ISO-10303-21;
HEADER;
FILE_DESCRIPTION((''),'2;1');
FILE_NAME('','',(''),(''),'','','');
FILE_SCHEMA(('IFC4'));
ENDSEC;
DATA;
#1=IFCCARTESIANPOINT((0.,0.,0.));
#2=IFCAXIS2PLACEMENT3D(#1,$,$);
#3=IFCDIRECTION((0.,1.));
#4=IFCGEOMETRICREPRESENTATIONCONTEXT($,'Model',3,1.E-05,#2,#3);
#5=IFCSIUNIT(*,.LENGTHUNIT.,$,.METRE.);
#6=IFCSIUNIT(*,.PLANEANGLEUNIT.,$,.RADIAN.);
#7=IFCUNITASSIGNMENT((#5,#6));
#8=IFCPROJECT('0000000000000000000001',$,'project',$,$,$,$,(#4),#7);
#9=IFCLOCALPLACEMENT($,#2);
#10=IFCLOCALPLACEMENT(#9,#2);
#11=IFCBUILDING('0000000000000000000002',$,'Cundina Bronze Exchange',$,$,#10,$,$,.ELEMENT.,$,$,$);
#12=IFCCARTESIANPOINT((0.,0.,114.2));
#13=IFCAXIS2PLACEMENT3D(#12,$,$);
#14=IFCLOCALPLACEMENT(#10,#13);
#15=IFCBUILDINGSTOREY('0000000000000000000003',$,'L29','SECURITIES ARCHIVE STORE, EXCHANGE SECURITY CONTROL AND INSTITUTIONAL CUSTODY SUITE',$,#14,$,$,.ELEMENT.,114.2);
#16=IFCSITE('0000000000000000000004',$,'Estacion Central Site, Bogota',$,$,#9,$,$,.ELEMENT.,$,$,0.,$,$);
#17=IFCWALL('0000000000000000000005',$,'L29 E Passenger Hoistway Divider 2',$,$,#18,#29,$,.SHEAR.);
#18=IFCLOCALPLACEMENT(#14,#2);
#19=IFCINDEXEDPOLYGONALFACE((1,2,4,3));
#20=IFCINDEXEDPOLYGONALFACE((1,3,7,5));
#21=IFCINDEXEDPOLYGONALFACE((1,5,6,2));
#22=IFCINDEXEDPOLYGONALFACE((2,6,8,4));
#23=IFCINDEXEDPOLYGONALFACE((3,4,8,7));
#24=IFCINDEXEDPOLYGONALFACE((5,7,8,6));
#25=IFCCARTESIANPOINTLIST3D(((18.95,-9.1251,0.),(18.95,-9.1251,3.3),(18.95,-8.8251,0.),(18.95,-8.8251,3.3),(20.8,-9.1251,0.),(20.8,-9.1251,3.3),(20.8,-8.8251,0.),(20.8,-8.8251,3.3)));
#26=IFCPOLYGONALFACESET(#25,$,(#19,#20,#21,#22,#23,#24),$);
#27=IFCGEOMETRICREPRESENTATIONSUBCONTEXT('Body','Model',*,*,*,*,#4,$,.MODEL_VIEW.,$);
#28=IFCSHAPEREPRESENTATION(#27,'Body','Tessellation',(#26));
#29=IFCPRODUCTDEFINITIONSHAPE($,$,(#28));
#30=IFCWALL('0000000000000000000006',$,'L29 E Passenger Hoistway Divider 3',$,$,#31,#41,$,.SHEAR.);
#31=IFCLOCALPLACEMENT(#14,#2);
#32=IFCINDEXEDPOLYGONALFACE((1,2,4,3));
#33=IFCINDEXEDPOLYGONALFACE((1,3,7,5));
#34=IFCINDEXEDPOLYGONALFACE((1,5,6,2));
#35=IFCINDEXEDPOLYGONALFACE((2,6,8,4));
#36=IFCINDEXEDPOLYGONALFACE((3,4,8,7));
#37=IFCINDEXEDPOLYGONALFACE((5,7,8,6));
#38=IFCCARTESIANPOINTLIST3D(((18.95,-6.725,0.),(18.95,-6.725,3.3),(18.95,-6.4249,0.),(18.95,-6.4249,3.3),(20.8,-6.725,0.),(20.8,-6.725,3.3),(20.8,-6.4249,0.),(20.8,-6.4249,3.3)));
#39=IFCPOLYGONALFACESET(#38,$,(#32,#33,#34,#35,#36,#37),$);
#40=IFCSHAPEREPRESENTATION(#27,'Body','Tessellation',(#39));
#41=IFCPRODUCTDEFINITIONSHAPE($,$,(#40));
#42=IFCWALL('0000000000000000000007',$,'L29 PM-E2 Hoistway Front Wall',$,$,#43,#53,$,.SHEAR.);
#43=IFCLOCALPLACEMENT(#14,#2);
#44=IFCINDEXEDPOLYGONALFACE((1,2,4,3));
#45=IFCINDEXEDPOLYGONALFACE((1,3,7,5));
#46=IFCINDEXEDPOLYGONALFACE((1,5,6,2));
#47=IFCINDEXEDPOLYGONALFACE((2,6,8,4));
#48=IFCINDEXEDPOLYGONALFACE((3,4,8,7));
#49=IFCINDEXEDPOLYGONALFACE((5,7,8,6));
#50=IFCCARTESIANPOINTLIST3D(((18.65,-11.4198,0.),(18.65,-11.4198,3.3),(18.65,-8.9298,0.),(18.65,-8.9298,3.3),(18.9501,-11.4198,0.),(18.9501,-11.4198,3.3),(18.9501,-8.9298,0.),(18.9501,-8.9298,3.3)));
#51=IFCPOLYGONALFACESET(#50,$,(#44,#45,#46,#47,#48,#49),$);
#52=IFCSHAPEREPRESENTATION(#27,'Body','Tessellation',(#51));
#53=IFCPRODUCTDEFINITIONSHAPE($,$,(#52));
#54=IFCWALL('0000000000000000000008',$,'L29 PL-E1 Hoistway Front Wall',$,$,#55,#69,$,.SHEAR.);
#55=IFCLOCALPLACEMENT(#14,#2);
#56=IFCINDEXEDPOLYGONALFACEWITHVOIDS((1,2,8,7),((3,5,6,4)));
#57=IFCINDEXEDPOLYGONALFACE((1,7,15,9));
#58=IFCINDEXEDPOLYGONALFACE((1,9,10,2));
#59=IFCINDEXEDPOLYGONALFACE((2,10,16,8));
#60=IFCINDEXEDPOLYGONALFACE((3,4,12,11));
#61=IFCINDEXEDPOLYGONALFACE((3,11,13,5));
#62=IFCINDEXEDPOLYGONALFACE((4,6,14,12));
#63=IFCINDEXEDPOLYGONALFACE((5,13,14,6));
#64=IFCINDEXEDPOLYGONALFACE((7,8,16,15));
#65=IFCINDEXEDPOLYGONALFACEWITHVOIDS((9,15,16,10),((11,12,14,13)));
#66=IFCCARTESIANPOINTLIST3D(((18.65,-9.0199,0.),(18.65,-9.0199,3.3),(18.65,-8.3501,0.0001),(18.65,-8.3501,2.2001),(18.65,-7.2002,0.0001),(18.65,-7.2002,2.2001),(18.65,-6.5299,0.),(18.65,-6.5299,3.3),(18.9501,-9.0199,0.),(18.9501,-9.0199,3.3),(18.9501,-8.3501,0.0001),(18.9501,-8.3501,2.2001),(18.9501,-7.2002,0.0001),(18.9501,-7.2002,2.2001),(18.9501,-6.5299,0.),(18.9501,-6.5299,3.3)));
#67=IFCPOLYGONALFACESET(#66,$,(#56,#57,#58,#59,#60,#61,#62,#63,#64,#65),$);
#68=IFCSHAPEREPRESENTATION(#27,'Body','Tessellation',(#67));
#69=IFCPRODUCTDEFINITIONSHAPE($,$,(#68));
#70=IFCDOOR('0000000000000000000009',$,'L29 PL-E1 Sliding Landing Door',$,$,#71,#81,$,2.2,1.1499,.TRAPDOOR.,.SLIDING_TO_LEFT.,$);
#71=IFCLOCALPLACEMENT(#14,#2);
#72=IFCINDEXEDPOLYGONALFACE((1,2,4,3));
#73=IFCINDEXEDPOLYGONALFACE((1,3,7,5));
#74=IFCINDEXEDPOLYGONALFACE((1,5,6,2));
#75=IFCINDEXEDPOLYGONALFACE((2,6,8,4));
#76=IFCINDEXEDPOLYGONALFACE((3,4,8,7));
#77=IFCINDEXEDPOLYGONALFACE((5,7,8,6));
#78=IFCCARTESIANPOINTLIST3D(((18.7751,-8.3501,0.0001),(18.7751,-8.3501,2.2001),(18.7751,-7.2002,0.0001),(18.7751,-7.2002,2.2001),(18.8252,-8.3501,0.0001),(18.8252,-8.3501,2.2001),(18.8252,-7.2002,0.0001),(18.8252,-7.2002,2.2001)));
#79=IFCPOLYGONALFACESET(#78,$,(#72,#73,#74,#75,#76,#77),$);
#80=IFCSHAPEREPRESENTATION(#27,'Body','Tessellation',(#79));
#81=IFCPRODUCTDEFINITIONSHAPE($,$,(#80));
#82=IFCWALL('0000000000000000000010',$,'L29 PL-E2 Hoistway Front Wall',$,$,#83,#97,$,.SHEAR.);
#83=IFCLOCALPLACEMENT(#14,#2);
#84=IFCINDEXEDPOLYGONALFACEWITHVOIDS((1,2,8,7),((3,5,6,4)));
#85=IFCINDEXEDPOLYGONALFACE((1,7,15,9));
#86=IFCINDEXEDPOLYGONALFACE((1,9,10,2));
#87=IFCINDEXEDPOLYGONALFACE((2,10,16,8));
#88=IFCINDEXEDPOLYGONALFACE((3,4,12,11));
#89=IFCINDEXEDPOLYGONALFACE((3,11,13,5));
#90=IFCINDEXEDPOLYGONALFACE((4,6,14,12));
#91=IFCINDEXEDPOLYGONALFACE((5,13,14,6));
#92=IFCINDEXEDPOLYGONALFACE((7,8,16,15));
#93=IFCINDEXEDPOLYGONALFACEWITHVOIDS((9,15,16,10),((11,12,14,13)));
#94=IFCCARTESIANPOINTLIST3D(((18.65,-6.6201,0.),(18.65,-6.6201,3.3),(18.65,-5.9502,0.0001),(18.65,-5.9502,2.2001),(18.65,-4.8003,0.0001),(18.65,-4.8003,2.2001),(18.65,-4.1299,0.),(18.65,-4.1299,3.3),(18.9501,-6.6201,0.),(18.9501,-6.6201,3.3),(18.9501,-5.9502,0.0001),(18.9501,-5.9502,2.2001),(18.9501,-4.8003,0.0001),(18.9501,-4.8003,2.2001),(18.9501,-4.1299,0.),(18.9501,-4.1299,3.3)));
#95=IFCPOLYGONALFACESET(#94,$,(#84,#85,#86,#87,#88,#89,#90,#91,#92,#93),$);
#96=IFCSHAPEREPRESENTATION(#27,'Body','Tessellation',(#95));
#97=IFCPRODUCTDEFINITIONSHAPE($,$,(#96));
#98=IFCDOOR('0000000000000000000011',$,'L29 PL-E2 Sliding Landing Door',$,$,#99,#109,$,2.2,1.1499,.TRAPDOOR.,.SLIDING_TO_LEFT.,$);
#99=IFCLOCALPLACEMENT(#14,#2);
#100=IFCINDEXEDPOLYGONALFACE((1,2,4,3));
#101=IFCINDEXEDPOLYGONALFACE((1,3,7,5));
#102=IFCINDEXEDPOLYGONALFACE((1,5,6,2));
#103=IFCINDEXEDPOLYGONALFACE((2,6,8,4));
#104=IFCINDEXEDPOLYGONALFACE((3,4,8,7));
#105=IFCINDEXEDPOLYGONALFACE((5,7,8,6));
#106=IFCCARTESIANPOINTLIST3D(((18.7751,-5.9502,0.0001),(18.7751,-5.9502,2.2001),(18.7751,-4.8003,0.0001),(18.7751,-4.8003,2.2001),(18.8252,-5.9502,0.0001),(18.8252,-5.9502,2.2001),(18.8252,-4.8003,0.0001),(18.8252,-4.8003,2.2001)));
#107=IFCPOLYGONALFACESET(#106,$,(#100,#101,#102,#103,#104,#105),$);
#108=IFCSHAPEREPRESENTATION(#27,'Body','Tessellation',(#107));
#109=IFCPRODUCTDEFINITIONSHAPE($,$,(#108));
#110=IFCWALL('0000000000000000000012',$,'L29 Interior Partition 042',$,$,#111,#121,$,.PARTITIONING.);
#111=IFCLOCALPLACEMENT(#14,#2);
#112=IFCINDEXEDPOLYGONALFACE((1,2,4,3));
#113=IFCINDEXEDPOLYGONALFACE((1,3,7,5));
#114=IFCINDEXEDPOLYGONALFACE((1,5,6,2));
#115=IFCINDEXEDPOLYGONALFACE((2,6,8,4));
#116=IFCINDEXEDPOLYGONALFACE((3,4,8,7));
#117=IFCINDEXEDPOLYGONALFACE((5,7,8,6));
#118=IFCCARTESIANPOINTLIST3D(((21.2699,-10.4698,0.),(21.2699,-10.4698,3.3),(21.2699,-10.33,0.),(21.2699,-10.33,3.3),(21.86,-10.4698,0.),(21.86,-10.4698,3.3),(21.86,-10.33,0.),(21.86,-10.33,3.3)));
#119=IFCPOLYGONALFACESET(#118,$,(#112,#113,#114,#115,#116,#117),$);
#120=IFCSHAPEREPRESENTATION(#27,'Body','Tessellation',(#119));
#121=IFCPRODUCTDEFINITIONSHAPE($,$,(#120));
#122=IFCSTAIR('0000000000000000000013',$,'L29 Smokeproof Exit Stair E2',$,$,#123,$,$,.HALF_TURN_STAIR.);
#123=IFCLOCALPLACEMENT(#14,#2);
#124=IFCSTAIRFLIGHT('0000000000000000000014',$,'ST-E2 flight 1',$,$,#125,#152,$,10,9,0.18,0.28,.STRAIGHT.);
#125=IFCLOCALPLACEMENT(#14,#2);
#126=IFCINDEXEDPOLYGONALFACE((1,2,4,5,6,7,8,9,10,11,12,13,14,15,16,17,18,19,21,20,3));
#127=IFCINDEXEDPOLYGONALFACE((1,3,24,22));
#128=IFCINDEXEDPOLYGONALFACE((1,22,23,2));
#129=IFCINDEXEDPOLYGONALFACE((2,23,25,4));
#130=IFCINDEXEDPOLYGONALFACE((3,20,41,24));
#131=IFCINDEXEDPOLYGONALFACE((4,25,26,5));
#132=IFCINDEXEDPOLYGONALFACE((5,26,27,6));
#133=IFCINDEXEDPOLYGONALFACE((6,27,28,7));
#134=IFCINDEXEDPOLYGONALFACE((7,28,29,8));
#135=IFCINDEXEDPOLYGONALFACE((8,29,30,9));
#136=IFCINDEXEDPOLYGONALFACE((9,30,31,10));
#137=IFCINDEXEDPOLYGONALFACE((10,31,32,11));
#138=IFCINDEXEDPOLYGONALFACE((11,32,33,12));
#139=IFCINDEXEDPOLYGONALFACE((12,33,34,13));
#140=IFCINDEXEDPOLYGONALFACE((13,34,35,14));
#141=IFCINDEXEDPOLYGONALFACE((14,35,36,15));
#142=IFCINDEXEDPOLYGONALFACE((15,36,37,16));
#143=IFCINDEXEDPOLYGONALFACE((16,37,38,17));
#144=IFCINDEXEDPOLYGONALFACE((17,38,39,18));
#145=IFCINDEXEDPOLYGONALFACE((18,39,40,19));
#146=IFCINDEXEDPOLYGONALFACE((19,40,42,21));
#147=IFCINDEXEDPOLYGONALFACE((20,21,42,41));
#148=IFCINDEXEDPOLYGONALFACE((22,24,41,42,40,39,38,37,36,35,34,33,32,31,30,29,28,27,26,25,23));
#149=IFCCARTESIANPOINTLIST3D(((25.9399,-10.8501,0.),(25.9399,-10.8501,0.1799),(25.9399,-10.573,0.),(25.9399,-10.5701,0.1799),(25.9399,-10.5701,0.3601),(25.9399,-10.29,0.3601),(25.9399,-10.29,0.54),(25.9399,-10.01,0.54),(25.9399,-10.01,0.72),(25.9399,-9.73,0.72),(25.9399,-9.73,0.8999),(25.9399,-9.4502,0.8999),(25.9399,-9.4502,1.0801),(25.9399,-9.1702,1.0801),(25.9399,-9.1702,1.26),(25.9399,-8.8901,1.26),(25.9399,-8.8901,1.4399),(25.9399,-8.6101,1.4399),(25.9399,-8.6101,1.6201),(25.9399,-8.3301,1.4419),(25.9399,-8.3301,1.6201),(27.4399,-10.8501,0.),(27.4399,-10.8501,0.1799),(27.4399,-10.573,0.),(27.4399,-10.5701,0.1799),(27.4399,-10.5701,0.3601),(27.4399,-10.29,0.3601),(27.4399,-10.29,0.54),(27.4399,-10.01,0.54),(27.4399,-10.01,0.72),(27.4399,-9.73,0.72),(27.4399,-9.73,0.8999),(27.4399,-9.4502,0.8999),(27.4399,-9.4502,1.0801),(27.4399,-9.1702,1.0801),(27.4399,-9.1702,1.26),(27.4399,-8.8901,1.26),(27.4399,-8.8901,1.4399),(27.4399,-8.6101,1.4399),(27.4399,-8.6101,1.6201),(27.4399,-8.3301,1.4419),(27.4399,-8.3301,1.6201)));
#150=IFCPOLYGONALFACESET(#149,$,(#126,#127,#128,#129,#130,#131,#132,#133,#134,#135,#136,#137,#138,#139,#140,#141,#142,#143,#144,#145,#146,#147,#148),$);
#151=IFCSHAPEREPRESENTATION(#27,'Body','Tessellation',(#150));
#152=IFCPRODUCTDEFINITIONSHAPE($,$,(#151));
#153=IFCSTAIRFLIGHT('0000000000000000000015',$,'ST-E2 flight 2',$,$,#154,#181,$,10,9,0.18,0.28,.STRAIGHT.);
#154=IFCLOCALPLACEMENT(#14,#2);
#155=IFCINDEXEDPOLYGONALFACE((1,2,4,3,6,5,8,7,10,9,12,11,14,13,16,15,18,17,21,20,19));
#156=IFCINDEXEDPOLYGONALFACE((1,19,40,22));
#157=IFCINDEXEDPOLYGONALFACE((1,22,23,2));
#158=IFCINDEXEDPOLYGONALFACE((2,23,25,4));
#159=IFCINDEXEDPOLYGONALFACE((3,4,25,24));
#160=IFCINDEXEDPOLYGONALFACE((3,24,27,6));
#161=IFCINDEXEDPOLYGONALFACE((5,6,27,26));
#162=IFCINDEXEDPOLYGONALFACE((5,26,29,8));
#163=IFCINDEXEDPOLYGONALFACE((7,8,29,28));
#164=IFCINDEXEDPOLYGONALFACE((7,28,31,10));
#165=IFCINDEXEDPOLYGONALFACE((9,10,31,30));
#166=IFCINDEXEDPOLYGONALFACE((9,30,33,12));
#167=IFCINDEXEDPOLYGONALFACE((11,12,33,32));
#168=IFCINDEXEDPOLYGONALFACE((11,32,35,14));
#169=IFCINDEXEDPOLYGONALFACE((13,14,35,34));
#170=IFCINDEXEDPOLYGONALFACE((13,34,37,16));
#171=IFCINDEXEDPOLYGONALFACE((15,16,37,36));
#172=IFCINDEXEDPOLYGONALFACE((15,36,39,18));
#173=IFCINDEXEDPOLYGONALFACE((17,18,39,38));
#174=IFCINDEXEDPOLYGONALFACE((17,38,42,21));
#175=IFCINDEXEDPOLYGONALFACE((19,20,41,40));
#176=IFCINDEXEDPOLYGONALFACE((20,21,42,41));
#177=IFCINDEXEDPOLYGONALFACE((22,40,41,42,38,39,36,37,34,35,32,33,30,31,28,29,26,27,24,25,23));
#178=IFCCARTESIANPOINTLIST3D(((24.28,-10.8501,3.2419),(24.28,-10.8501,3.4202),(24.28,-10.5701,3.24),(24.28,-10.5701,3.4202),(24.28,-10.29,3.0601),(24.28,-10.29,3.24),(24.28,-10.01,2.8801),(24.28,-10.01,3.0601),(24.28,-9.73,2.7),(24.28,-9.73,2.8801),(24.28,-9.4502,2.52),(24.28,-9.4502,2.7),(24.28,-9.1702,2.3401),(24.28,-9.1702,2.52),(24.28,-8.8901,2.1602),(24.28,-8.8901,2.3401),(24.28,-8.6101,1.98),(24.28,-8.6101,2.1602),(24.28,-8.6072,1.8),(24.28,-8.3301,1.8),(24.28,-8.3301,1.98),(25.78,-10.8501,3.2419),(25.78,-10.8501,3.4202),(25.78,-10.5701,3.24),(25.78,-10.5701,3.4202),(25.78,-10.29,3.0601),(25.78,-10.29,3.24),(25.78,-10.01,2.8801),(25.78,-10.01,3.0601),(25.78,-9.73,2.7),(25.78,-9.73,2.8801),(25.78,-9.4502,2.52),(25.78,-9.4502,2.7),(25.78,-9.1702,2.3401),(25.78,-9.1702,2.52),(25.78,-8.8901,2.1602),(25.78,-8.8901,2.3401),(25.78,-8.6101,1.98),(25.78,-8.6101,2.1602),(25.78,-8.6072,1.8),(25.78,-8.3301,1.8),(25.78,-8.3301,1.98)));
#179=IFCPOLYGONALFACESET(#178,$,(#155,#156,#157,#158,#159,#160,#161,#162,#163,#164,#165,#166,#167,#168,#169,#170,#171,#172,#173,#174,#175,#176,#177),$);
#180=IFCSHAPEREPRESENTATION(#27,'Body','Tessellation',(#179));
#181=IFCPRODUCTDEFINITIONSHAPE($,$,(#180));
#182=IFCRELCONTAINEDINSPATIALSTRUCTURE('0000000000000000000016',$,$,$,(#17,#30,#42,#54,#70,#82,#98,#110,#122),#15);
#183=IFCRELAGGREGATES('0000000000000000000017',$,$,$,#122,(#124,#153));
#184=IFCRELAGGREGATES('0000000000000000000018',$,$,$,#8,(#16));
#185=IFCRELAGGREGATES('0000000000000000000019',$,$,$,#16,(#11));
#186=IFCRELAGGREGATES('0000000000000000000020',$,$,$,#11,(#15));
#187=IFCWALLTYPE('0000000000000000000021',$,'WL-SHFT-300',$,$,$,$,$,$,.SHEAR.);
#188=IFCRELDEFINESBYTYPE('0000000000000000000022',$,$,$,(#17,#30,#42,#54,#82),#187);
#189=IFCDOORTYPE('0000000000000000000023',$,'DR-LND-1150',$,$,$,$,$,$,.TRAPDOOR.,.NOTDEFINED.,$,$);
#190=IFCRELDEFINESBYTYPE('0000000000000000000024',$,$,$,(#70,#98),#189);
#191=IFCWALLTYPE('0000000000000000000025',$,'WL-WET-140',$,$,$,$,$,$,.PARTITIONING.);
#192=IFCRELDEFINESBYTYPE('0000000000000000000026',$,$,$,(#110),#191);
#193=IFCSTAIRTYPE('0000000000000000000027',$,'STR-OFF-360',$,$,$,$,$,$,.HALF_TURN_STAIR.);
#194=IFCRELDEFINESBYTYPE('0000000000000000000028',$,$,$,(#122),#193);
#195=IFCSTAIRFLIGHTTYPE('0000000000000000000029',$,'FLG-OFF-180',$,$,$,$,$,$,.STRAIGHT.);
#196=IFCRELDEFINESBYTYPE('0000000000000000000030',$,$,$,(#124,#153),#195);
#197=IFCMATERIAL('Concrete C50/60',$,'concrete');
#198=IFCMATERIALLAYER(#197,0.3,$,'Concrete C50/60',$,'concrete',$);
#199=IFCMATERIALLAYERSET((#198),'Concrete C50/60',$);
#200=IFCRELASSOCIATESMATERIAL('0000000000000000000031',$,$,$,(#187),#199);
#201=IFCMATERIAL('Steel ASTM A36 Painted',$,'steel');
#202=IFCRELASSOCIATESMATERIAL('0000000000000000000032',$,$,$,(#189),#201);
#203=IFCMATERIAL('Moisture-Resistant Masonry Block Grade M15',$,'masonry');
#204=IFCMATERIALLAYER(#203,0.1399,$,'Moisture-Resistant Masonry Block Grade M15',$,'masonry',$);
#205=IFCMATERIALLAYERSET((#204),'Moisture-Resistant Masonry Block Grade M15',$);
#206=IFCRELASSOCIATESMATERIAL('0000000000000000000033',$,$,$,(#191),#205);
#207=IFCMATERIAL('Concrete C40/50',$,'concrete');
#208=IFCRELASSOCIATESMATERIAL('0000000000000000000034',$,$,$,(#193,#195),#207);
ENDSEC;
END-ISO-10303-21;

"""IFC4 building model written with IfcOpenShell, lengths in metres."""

from ifc_helpers import new_model, si_unit, direction, frame, frame_2d, origin, place, context, subcontext, project, spatial, polyline, rectangle, outline, extrude, material, layer, layer_set, type_object, element, fill, aggregate, save


model = new_model("IFC4")

# Units and contexts
model_context = context("Model", 3, precision=1e-05, world=origin(), true_north=direction((0.0, 1.0)))
body_context = subcontext(model_context, "Body", "Model", "MODEL_VIEW")
ifc_project = project(units=[si_unit("LENGTHUNIT", "METRE"), si_unit("PLANEANGLEUNIT", "RADIAN")], contexts=[model_context])

# Site, building, storey
site_placement = place(None, origin())
site = spatial("IfcSite", under=ifc_project, at=site_placement, Name="Estacion Central Site, Bogota", CompositionType="ELEMENT", RefElevation=0.0)
building_placement = place(site_placement, origin())
building = spatial("IfcBuilding", under=site, at=building_placement, Name="Cundina Bronze Exchange", CompositionType="ELEMENT")
storey_placement = place(building_placement, frame((0.0, 0.0, 114.2)))
storey = spatial("IfcBuildingStorey", under=building, at=storey_placement, Name="L29", Description="SECURITIES ARCHIVE STORE, EXCHANGE SECURITY CONTROL AND INSTITUTIONAL CUSTODY SUITE", CompositionType="ELEMENT", Elevation=114.2)

# Shared definitions
ifc_material_1 = material(Name="Concrete C50/60", Category="concrete")
ifc_layer_1 = layer(ifc_material_1, 0.3, Name="Concrete C50/60", Category="concrete")
ifc_layer_set_1 = layer_set([ifc_layer_1], Name="Concrete C50/60")
wall_type_1 = type_object("IfcWallType", Name="WL-SHFT-300", PredefinedType="SHEAR", material=ifc_layer_set_1)

# Shared definitions
ifc_material_2 = material(Name="Steel ASTM A36 Painted", Category="steel")
door_type_1 = type_object("IfcDoorType", Name="DR-LND-1150", OperationType="NOTDEFINED", PredefinedType="TRAPDOOR", material=ifc_material_2)

# Walls
for number, where, z_axis, x_axis, name in (
    (1, (18.95, -8.9751, 0.0), (0.0, 0.0, 1.0), (1.0, 0.0, 0.0), "L29 E Passenger Hoistway Divider 2"),
    (2, (18.95, -6.575, 0.0), (0.0, 0.0, 1.0), (1.0, 0.0, 0.0), "L29 E Passenger Hoistway Divider 3"),
):
    element("IfcWall", number, at=place(storey_placement, frame(where, z_axis=z_axis, x_axis=x_axis)), inside=storey, type_object=wall_type_1, Name=name, PredefinedType="SHEAR", context=body_context, shape_type="SweptSolid", body=[
        extrude(rectangle(XDim=1.8501, YDim=0.3, at=frame_2d((0.925, 0.0))), origin(), (0.0, 0.0, 1.0), 3.3),
    ])
wall_1_placement = place(storey_placement, frame((18.8, -11.4199, 0.0), z_axis=(0.0, 0.0, 1.0), x_axis=(0.0, 1.0, 0.0)))
element("IfcWall", 3, at=wall_1_placement, inside=storey, type_object=wall_type_1, Name="L29 PM-E2 Hoistway Front Wall", PredefinedType="SHEAR", context=body_context, shape_type="SweptSolid", body=[
    extrude(rectangle(XDim=2.49, YDim=0.3, at=frame_2d((1.2451, 0.0))), origin(), (0.0, 0.0, 1.0), 3.3),
])

# Walls, openings, doors
wall_2_placement = place(storey_placement, frame((18.8, -9.02, 0.0), z_axis=(0.0, 0.0, 1.0), x_axis=(0.0, 1.0, 0.0)))
wall_2 = element("IfcWall", 4, at=wall_2_placement, inside=storey, type_object=wall_type_1, Name="L29 PL-E1 Hoistway Front Wall", PredefinedType="SHEAR", context=body_context, shape_type="SweptSolid", body=[
    extrude(rectangle(XDim=2.49, YDim=0.3, at=frame_2d((1.2451, 0.0))), origin(), (0.0, 0.0, 1.0), 3.3),
])
opening_1_placement = place(wall_2_placement, frame((0.6699, 0.0, 0.0)))
opening_1 = element("IfcOpeningElement", 5, at=opening_1_placement, cuts=wall_2, PredefinedType="OPENING", context=body_context, shape_type="SweptSolid", body=[
    extrude(rectangle(XDim=1.1499, YDim=2.2, at=frame_2d((0.575, 1.1001))), frame((0.0, 0.1599, 0.0), z_axis=(0.0, -1.0, 0.0), x_axis=(1.0, 0.0, 0.0)), (0.0, 0.0, 1.0), 0.3201),
])
door_1_placement = place(opening_1_placement, origin())
door_1 = element("IfcDoor", 6, at=door_1_placement, inside=storey, type_object=door_type_1, Name="L29 PL-E1 Sliding Landing Door", OperationType="SLIDING_TO_LEFT", OverallHeight=2.2, OverallWidth=1.1499, PredefinedType="TRAPDOOR", context=body_context, shape_type="SweptSolid", body=[
    extrude(rectangle(XDim=1.1499, YDim=2.2, at=frame_2d((0.575, 1.1001))), frame((0.0, 0.0249, 0.0), z_axis=(0.0, -1.0, 0.0), x_axis=(1.0, 0.0, 0.0)), (0.0, 0.0, 1.0), 0.05),
])
fill(opening_1, door_1)
wall_3_placement = place(storey_placement, frame((18.8, -6.6201, 0.0), z_axis=(0.0, 0.0, 1.0), x_axis=(0.0, 1.0, 0.0)))
wall_3 = element("IfcWall", 7, at=wall_3_placement, inside=storey, type_object=wall_type_1, Name="L29 PL-E2 Hoistway Front Wall", PredefinedType="SHEAR", context=body_context, shape_type="SweptSolid", body=[
    extrude(rectangle(XDim=2.4902, YDim=0.3, at=frame_2d((1.2451, 0.0))), origin(), (0.0, 0.0, 1.0), 3.3),
])
opening_2_placement = place(wall_3_placement, frame((0.6699, 0.0, 0.0)))
opening_2 = element("IfcOpeningElement", 8, at=opening_2_placement, cuts=wall_3, PredefinedType="OPENING", context=body_context, shape_type="SweptSolid", body=[
    extrude(rectangle(XDim=1.1499, YDim=2.2, at=frame_2d((0.575, 1.1001))), frame((0.0, 0.1599, 0.0), z_axis=(0.0, -1.0, 0.0), x_axis=(1.0, 0.0, 0.0)), (0.0, 0.0, 1.0), 0.3201),
])
door_2_placement = place(opening_2_placement, origin())
door_2 = element("IfcDoor", 9, at=door_2_placement, inside=storey, type_object=door_type_1, Name="L29 PL-E2 Sliding Landing Door", OperationType="SLIDING_TO_LEFT", OverallHeight=2.2, OverallWidth=1.1499, PredefinedType="TRAPDOOR", context=body_context, shape_type="SweptSolid", body=[
    extrude(rectangle(XDim=1.1499, YDim=2.2, at=frame_2d((0.575, 1.1001))), frame((0.0, 0.0249, 0.0), z_axis=(0.0, -1.0, 0.0), x_axis=(1.0, 0.0, 0.0)), (0.0, 0.0, 1.0), 0.05),
])
fill(opening_2, door_2)

# Wall
ifc_material_3 = material(Name="Moisture-Resistant Masonry Block Grade M15", Category="masonry")
ifc_layer_2 = layer(ifc_material_3, 0.1399, Name="Moisture-Resistant Masonry Block Grade M15", Category="masonry")
ifc_layer_set_2 = layer_set([ifc_layer_2], Name="Moisture-Resistant Masonry Block Grade M15")
wall_type_2 = type_object("IfcWallType", Name="WL-WET-140", PredefinedType="PARTITIONING", material=ifc_layer_set_2)
wall_4_placement = place(storey_placement, frame((21.27, -10.3999, 0.0), z_axis=(0.0, 0.0, 1.0), x_axis=(1.0, 0.0, 0.0)))
element("IfcWall", 10, at=wall_4_placement, inside=storey, type_object=wall_type_2, Name="L29 Interior Partition 042", PredefinedType="PARTITIONING", context=body_context, shape_type="SweptSolid", body=[
    extrude(rectangle(XDim=0.5901, YDim=0.1399, at=frame_2d((0.2949, 0.0))), origin(), (0.0, 0.0, 1.0), 3.3),
])

# Stair, stair flights
ifc_material_4 = material(Name="Concrete C40/50", Category="concrete")
stair_type = type_object("IfcStairType", Name="STR-OFF-360", PredefinedType="HALF_TURN_STAIR", material=ifc_material_4)
stair_placement = place(storey_placement, origin())
stair = element("IfcStair", 11, at=stair_placement, inside=storey, type_object=stair_type, Name="L29 Smokeproof Exit Stair E2", PredefinedType="HALF_TURN_STAIR")
stair_flight_type = type_object("IfcStairFlightType", Name="FLG-OFF-180", PredefinedType="STRAIGHT", material=ifc_material_4)
stair_flight_1_placement = place(storey_placement, frame((26.6899, -10.8501, 0.0), z_axis=(0.0, 0.0, 1.0), x_axis=(0.0, 1.0, 0.0)))
stair_flight_1 = element("IfcStairFlight", 12, at=stair_flight_1_placement, type_object=stair_flight_type, Name="ST-E2 flight 1", NumberOfRisers=10, NumberOfTreads=9, PredefinedType="STRAIGHT", RiserHeight=0.18, TreadLength=0.28, context=body_context, shape_type="SweptSolid", body=[
    extrude(outline(polyline([(0.0, 0.0), (0.0, 0.1799), (0.28, 0.1799), (0.28, 0.3601), (0.5601, 0.3601), (0.5601, 0.54), (0.8401, 0.54), (0.8401, 0.72), (1.1201, 0.72), (1.1201, 0.8999), (1.3999, 0.8999), (1.3999, 1.0801), (1.6799, 1.0801), (1.6799, 1.26), (1.96, 1.26), (1.96, 1.4399), (2.24, 1.4399), (2.24, 1.6201), (2.52, 1.6201), (2.52, 1.8), (2.52, 1.4419), (0.2771, 0.0), (0.0, 0.0)])), frame((0.0, 0.75, 0.0), z_axis=(0.0, -1.0, 0.0), x_axis=(1.0, 0.0, 0.0)), (0.0, 0.0, 1.0), 1.5),
])
stair_flight_2_placement = place(storey_placement, frame((25.03, -8.3301, 1.8), z_axis=(0.0, 0.0, 1.0), x_axis=(0.0, -1.0, 0.0)))
stair_flight_2 = element("IfcStairFlight", 13, at=stair_flight_2_placement, type_object=stair_flight_type, Name="ST-E2 flight 2", NumberOfRisers=10, NumberOfTreads=9, PredefinedType="STRAIGHT", RiserHeight=0.18, TreadLength=0.28, context=body_context, shape_type="SweptSolid", body=[
    extrude(outline(polyline([(0.0, 0.0), (0.0, 0.1799), (0.28, 0.1799), (0.28, 0.3601), (0.5601, 0.3601), (0.5601, 0.54), (0.8401, 0.54), (0.8401, 0.72), (1.1201, 0.72), (1.1201, 0.8999), (1.3999, 0.8999), (1.3999, 1.0801), (1.6799, 1.0801), (1.6799, 1.26), (1.96, 1.26), (1.96, 1.4399), (2.24, 1.4399), (2.24, 1.6201), (2.52, 1.6201), (2.52, 1.8), (2.52, 1.4419), (0.2771, 0.0), (0.0, 0.0)])), frame((0.0, 0.75, 0.0), z_axis=(0.0, -1.0, 0.0), x_axis=(1.0, 0.0, 0.0)), (0.0, 0.0, 1.0), 1.5),
])
aggregate(stair, [stair_flight_1, stair_flight_2])

save(model, "model.ifc")
